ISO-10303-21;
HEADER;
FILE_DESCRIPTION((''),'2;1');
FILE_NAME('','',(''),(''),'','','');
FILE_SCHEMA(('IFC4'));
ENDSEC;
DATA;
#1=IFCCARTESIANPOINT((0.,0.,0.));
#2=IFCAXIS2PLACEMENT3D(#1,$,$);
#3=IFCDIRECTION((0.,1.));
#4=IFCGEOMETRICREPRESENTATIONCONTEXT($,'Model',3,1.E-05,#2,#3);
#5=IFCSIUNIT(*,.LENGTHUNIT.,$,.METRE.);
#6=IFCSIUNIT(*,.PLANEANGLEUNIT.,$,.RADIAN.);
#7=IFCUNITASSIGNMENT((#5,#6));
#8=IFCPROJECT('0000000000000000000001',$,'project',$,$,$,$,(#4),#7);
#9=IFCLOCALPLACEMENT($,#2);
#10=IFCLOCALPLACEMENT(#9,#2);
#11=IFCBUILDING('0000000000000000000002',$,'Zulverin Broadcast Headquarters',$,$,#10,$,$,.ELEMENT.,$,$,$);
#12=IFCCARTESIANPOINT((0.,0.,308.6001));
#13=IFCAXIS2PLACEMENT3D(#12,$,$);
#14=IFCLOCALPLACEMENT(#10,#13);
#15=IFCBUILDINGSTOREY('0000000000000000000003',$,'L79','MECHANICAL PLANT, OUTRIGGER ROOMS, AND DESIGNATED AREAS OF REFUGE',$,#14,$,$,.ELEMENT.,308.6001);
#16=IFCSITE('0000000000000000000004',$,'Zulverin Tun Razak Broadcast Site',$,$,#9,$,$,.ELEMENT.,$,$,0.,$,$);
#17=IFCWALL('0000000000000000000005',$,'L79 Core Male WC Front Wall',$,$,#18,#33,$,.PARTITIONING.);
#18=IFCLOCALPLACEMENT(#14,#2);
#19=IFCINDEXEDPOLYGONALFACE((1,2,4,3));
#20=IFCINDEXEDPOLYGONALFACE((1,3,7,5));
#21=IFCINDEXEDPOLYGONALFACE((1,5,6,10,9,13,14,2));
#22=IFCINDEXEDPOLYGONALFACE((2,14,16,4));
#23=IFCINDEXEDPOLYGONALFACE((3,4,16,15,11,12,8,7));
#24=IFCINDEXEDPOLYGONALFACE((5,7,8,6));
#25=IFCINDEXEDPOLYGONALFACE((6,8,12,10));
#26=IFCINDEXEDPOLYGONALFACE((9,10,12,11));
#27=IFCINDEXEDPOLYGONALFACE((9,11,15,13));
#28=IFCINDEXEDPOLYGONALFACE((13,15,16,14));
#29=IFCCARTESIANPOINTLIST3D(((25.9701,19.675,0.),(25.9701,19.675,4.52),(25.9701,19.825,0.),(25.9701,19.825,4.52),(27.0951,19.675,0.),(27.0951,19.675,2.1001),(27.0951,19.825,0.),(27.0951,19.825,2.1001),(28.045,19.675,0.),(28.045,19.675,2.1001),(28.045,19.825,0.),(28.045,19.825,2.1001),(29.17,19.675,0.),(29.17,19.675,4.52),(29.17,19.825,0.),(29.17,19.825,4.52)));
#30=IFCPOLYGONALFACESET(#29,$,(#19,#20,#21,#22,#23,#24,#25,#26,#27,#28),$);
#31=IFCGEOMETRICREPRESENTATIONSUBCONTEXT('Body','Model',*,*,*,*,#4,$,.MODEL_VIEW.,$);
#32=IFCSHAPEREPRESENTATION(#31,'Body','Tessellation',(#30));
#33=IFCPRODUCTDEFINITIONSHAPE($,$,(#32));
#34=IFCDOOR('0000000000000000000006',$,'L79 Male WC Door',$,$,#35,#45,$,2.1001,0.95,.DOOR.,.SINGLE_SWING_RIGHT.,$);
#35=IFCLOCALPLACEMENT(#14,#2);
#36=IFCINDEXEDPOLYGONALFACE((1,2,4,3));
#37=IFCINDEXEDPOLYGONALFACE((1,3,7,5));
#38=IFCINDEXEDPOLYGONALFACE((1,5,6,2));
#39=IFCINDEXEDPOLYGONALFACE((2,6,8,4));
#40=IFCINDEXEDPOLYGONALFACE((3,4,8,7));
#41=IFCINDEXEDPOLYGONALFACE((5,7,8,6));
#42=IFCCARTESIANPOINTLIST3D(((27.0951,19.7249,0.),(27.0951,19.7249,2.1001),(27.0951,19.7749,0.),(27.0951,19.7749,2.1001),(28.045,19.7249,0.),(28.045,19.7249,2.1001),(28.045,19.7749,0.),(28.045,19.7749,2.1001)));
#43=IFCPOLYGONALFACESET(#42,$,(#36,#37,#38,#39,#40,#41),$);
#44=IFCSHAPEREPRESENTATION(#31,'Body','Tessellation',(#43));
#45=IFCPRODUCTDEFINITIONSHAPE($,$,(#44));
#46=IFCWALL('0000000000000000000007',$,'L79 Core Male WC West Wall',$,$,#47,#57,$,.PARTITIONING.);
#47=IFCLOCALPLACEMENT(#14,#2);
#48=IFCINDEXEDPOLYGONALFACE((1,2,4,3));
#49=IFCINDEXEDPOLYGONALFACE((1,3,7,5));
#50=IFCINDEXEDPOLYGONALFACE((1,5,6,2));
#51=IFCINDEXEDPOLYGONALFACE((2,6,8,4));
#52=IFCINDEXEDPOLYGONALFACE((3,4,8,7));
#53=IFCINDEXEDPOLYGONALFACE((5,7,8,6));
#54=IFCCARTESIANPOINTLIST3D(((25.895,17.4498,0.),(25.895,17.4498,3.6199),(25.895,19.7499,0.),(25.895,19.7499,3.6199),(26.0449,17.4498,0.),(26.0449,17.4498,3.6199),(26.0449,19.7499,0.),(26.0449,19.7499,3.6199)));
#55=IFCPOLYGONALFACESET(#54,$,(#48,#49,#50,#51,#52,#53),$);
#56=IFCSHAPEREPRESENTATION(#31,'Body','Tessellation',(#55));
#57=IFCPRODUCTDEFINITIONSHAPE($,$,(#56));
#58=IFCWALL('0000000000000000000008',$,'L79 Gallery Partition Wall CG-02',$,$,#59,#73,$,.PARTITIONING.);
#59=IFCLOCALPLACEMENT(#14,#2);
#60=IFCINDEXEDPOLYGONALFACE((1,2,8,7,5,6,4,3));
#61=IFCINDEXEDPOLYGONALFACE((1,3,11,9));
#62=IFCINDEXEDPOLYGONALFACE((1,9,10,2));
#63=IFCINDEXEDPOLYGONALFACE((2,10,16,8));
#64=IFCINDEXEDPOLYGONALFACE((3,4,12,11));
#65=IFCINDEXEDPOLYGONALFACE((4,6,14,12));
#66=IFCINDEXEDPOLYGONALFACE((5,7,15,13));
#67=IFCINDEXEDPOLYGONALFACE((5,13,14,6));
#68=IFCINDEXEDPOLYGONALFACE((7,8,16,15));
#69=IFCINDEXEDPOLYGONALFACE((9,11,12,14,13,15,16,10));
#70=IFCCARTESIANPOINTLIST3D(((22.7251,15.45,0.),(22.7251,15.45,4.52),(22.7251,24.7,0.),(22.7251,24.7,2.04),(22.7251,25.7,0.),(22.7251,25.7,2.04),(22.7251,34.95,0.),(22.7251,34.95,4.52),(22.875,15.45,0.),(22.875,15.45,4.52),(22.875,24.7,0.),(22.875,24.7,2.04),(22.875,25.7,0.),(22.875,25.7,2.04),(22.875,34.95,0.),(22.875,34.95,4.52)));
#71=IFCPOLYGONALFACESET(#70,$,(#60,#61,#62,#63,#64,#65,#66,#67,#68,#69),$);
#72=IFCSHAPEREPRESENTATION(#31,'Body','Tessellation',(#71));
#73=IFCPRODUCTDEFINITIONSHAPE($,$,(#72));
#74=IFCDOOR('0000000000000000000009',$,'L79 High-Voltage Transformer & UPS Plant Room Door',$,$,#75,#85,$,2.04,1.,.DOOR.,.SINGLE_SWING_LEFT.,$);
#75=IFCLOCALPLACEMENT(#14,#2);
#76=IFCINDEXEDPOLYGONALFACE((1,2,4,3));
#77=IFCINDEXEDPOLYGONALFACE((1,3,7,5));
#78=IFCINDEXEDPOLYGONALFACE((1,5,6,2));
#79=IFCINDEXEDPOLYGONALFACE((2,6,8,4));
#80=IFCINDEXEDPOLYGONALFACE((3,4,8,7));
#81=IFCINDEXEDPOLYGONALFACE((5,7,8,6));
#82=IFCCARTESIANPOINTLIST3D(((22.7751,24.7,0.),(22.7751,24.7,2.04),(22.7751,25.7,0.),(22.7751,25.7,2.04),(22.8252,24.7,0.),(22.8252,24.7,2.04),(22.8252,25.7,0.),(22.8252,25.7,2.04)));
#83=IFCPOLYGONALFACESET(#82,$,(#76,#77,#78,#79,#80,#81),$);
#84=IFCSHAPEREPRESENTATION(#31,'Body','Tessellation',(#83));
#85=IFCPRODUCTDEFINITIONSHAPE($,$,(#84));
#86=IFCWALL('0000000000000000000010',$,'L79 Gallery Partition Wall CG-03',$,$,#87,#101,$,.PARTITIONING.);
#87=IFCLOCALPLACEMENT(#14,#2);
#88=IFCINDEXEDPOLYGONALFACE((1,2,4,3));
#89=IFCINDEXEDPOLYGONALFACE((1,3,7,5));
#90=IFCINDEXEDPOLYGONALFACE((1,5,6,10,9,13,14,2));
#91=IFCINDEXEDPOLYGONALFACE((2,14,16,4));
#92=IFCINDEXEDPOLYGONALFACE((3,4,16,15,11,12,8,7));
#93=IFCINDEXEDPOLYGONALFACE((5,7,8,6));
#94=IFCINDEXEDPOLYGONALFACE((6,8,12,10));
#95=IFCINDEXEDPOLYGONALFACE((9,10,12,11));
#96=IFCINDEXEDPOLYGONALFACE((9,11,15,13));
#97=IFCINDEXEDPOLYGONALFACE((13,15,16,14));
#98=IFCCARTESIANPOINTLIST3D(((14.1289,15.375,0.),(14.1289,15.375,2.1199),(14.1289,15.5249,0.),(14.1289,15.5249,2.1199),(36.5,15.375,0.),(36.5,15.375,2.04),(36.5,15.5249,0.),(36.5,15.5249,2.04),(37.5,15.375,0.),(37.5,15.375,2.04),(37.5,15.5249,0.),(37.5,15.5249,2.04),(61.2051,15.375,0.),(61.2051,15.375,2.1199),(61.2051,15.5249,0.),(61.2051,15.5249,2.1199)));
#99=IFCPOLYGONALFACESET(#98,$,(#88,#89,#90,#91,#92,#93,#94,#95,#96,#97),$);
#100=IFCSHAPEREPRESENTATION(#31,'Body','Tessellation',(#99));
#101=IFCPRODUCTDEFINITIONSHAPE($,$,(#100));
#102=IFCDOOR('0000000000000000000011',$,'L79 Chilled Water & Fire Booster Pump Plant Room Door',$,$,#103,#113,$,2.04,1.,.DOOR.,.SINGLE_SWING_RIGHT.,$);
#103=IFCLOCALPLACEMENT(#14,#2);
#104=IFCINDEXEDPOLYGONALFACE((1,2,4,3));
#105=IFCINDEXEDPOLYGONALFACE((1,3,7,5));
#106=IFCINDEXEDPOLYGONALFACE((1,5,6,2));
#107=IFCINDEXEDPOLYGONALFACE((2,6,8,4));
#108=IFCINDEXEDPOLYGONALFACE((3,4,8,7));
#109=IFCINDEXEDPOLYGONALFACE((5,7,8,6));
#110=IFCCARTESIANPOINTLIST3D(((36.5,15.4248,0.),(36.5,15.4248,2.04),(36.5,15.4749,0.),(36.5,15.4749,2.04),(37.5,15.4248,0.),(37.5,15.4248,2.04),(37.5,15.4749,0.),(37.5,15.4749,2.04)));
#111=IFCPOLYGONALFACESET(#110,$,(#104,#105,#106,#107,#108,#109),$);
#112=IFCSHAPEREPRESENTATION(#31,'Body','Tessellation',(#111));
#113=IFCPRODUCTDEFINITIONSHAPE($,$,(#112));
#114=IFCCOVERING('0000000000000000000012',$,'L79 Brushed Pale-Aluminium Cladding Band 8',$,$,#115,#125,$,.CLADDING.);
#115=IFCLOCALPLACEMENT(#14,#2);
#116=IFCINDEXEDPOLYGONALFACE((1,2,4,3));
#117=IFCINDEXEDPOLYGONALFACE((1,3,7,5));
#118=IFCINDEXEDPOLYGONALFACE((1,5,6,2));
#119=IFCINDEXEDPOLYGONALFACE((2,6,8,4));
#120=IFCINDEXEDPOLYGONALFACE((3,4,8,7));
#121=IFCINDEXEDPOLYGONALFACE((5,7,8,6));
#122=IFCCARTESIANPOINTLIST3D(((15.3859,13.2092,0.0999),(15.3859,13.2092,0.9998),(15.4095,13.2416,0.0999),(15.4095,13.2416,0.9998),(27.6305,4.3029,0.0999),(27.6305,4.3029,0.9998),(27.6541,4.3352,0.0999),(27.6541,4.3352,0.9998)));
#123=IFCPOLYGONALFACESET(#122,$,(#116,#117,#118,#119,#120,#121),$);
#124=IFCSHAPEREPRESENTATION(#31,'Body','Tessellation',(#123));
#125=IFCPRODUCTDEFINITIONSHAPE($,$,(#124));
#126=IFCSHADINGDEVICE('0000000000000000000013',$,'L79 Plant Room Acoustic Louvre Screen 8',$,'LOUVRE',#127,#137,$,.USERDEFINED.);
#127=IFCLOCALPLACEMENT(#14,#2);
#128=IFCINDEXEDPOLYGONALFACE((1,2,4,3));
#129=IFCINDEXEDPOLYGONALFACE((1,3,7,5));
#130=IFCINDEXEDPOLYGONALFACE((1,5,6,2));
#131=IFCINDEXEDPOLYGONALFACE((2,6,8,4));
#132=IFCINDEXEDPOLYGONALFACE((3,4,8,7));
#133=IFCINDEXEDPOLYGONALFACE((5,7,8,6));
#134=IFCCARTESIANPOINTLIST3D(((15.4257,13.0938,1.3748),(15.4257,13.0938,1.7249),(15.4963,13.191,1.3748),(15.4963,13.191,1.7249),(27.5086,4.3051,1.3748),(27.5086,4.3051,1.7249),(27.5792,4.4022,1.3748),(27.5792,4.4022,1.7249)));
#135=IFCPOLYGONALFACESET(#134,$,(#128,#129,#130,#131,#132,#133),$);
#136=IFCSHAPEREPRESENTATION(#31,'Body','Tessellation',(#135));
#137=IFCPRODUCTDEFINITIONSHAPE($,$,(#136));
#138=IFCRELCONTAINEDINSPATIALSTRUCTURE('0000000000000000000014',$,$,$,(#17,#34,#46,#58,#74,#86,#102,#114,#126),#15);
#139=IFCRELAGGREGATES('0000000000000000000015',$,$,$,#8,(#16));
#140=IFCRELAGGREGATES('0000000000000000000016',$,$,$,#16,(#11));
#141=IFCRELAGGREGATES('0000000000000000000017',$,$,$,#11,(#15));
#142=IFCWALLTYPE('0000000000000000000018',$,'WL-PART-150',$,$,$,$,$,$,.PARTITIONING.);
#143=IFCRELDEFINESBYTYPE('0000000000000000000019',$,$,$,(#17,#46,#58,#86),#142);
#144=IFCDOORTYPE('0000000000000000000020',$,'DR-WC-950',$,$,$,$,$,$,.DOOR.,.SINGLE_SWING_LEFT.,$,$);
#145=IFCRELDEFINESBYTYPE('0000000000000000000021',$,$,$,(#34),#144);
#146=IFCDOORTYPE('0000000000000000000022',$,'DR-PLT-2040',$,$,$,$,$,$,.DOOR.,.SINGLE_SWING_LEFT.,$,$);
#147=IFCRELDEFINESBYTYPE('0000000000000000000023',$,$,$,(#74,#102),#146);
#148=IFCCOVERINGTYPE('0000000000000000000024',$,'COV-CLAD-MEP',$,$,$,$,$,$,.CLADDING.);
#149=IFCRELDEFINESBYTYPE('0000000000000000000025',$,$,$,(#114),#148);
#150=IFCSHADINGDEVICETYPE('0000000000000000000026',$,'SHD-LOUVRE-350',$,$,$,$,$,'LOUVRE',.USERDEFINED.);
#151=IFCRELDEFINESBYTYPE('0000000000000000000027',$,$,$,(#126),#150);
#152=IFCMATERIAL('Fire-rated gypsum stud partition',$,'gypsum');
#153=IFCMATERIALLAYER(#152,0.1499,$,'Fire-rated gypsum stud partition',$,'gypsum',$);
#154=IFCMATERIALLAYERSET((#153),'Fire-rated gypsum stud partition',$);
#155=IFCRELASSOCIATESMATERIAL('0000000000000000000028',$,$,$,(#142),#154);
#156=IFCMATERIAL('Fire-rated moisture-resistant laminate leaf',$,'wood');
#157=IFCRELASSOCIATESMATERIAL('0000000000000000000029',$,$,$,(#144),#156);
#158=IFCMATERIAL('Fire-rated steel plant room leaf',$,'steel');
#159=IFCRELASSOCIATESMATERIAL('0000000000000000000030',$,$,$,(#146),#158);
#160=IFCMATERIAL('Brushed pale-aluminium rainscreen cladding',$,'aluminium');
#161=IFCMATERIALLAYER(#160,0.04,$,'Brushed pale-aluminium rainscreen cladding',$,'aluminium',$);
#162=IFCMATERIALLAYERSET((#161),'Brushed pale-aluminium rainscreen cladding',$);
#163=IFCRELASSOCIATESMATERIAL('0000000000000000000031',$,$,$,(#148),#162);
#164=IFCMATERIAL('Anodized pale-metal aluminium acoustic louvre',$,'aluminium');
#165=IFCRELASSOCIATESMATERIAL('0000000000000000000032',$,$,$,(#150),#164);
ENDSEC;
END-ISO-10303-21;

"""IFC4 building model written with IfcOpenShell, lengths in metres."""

from ifc_helpers import new_model, si_unit, direction, frame, frame_2d, origin, origin_2d, place, context, subcontext, project, spatial, rectangle, extrude, material, layer, layer_set, type_object, element, fill, save


model = new_model("IFC4")

# Units and contexts
model_context = context("Model", 3, precision=1e-05, world=origin(), true_north=direction((0.0, 1.0)))
body_context = subcontext(model_context, "Body", "Model", "MODEL_VIEW")
ifc_project = project(units=[si_unit("LENGTHUNIT", "METRE"), si_unit("PLANEANGLEUNIT", "RADIAN")], contexts=[model_context])

# Site, building, storey
site_placement = place(None, origin())
site = spatial("IfcSite", under=ifc_project, at=site_placement, Name="Zulverin Tun Razak Broadcast Site", CompositionType="ELEMENT", RefElevation=0.0)
building_placement = place(site_placement, origin())
building = spatial("IfcBuilding", under=site, at=building_placement, Name="Zulverin Broadcast Headquarters", CompositionType="ELEMENT")
storey_placement = place(building_placement, frame((0.0, 0.0, 308.6001)))
storey = spatial("IfcBuildingStorey", under=building, at=storey_placement, Name="L79", Description="MECHANICAL PLANT, OUTRIGGER ROOMS, AND DESIGNATED AREAS OF REFUGE", CompositionType="ELEMENT", Elevation=308.6001)

# Wall, opening, door
ifc_material_1 = material(Name="Fire-rated gypsum stud partition", Category="gypsum")
ifc_layer_1 = layer(ifc_material_1, 0.1499, Name="Fire-rated gypsum stud partition", Category="gypsum")
ifc_layer_set_1 = layer_set([ifc_layer_1], Name="Fire-rated gypsum stud partition")
wall_type_1 = type_object("IfcWallType", Name="WL-PART-150", PredefinedType="PARTITIONING", material=ifc_layer_set_1)
wall_1_placement = place(storey_placement, frame((25.97, 19.75, 0.0), z_axis=(0.0, 0.0, 1.0), x_axis=(1.0, 0.0, 0.0)))
wall_1 = element("IfcWall", 1, at=wall_1_placement, inside=storey, type_object=wall_type_1, Name="L79 Core Male WC Front Wall", PredefinedType="PARTITIONING", context=body_context, shape_type="SweptSolid", body=[
    extrude(rectangle(XDim=3.2, YDim=0.1499, at=frame_2d((1.6001, 0.0))), origin(), (0.0, 0.0, 1.0), 4.52),
])
opening_1_placement = place(wall_1_placement, frame((1.125, 0.0, 0.0)))
opening_1 = element("IfcOpeningElement", 2, at=opening_1_placement, cuts=wall_1, PredefinedType="OPENING", context=body_context, shape_type="SweptSolid", body=[
    extrude(rectangle(XDim=0.95, YDim=2.1001, at=frame_2d((0.4751, 1.05))), frame((0.0, 0.085, 0.0), z_axis=(0.0, -1.0, 0.0), x_axis=(1.0, 0.0, 0.0)), (0.0, 0.0, 1.0), 0.1699),
])
ifc_material_2 = material(Name="Fire-rated moisture-resistant laminate leaf", Category="wood")
door_type_1 = type_object("IfcDoorType", Name="DR-WC-950", OperationType="SINGLE_SWING_LEFT", PredefinedType="DOOR", material=ifc_material_2)
door_1_placement = place(opening_1_placement, origin())
door_1 = element("IfcDoor", 3, at=door_1_placement, inside=storey, type_object=door_type_1, Name="L79 Male WC Door", OperationType="SINGLE_SWING_RIGHT", OverallHeight=2.1001, OverallWidth=0.95, PredefinedType="DOOR", context=body_context, shape_type="SweptSolid", body=[
    extrude(rectangle(XDim=0.95, YDim=2.1001, at=frame_2d((0.4751, 1.05))), frame((0.0, 0.0249, 0.0), z_axis=(0.0, -1.0, 0.0), x_axis=(1.0, 0.0, 0.0)), (0.0, 0.0, 1.0), 0.05),
])
fill(opening_1, door_1)

# Wall
wall_2_placement = place(storey_placement, frame((25.97, 17.45, 0.0), z_axis=(0.0, 0.0, 1.0), x_axis=(0.0, 1.0, 0.0)))
element("IfcWall", 4, at=wall_2_placement, inside=storey, type_object=wall_type_1, Name="L79 Core Male WC West Wall", PredefinedType="PARTITIONING", context=body_context, shape_type="SweptSolid", body=[
    extrude(rectangle(XDim=2.3, YDim=0.1499, at=frame_2d((1.1499, 0.0))), origin(), (0.0, 0.0, 1.0), 3.6199),
])

# Walls, openings, doors
wall_3_placement = place(storey_placement, frame((22.8, 15.45, 0.0), z_axis=(0.0, 0.0, 1.0), x_axis=(0.0, 1.0, 0.0)))
wall_3 = element("IfcWall", 5, at=wall_3_placement, inside=storey, type_object=wall_type_1, Name="L79 Gallery Partition Wall CG-02", PredefinedType="PARTITIONING", context=body_context, shape_type="SweptSolid", body=[
    extrude(rectangle(XDim=19.5, YDim=0.1499, at=frame_2d((9.75, 0.0))), origin(), (0.0, 0.0, 1.0), 4.52),
])
opening_2_placement = place(wall_3_placement, frame((9.25, 0.0, 0.0)))
opening_2 = element("IfcOpeningElement", 6, at=opening_2_placement, cuts=wall_3, PredefinedType="OPENING", context=body_context, shape_type="SweptSolid", body=[
    extrude(rectangle(XDim=1.0, YDim=2.04, at=frame_2d((0.5, 1.02))), frame((0.0, 0.085, 0.0), z_axis=(0.0, -1.0, 0.0), x_axis=(1.0, 0.0, 0.0)), (0.0, 0.0, 1.0), 0.1699),
])
ifc_material_3 = material(Name="Fire-rated steel plant room leaf", Category="steel")
door_type_2 = type_object("IfcDoorType", Name="DR-PLT-2040", OperationType="SINGLE_SWING_LEFT", PredefinedType="DOOR", material=ifc_material_3)
door_2_placement = place(opening_2_placement, origin())
door_2 = element("IfcDoor", 7, at=door_2_placement, inside=storey, type_object=door_type_2, Name="L79 High-Voltage Transformer & UPS Plant Room Door", OperationType="SINGLE_SWING_LEFT", OverallHeight=2.04, OverallWidth=1.0, PredefinedType="DOOR", context=body_context, shape_type="SweptSolid", body=[
    extrude(rectangle(XDim=1.0, YDim=2.04, at=frame_2d((0.5, 1.02))), frame((0.0, 0.0249, 0.0), z_axis=(0.0, -1.0, 0.0), x_axis=(1.0, 0.0, 0.0)), (0.0, 0.0, 1.0), 0.05),
])
fill(opening_2, door_2)
wall_4_placement = place(storey_placement, frame((14.1289, 15.45, 0.0), z_axis=(0.0, 0.0, 1.0), x_axis=(1.0, 0.0, 0.0)))
wall_4 = element("IfcWall", 8, at=wall_4_placement, inside=storey, type_object=wall_type_1, Name="L79 Gallery Partition Wall CG-03", PredefinedType="PARTITIONING", context=body_context, shape_type="SweptSolid", body=[
    extrude(rectangle(XDim=47.0762, YDim=0.1499, at=frame_2d((23.5381, 0.0))), origin(), (0.0, 0.0, 1.0), 2.1199),
])
opening_3_placement = place(wall_4_placement, frame((22.3711, 0.0, 0.0)))
opening_3 = element("IfcOpeningElement", 9, at=opening_3_placement, cuts=wall_4, PredefinedType="OPENING", context=body_context, shape_type="SweptSolid", body=[
    extrude(rectangle(XDim=1.0, YDim=2.04, at=frame_2d((0.5, 1.02))), frame((0.0, 0.085, 0.0), z_axis=(0.0, -1.0, 0.0), x_axis=(1.0, 0.0, 0.0)), (0.0, 0.0, 1.0), 0.1699),
])
door_3_placement = place(opening_3_placement, origin())
door_3 = element("IfcDoor", 10, at=door_3_placement, inside=storey, type_object=door_type_2, Name="L79 Chilled Water & Fire Booster Pump Plant Room Door", OperationType="SINGLE_SWING_RIGHT", OverallHeight=2.04, OverallWidth=1.0, PredefinedType="DOOR", context=body_context, shape_type="SweptSolid", body=[
    extrude(rectangle(XDim=1.0, YDim=2.04, at=frame_2d((0.5, 1.02))), frame((0.0, 0.0249, 0.0), z_axis=(0.0, -1.0, 0.0), x_axis=(1.0, 0.0, 0.0)), (0.0, 0.0, 1.0), 0.05),
])
fill(opening_3, door_3)

# Covering
ifc_material_4 = material(Name="Brushed pale-aluminium rainscreen cladding", Category="aluminium")
ifc_layer_2 = layer(ifc_material_4, 0.04, Name="Brushed pale-aluminium rainscreen cladding", Category="aluminium")
ifc_layer_set_2 = layer_set([ifc_layer_2], Name="Brushed pale-aluminium rainscreen cladding")
covering_type = type_object("IfcCoveringType", Name="COV-CLAD-MEP", PredefinedType="CLADDING", material=ifc_layer_set_2)
covering_placement = place(storey_placement, frame((21.52, 8.7722, 0.0999), z_axis=(0.0, 0.0, 1.0), x_axis=(0.808699, -0.588223, 0.0)))
element("IfcCovering", 11, at=covering_placement, inside=storey, type_object=covering_type, Name="L79 Brushed Pale-Aluminium Cladding Band 8", PredefinedType="CLADDING", context=body_context, shape_type="SweptSolid", body=[
    extrude(rectangle(XDim=15.1411, YDim=0.04, at=origin_2d()), origin(), (0.0, 0.0, 1.0), 0.8999),
])

# Shading device
ifc_material_5 = material(Name="Anodized pale-metal aluminium acoustic louvre", Category="aluminium")
shading_device_type = type_object("IfcShadingDeviceType", Name="SHD-LOUVRE-350", ElementType="LOUVRE", PredefinedType="USERDEFINED", material=ifc_material_5)
shading_device_placement = place(storey_placement, frame((21.5024, 8.748, 1.3748), z_axis=(0.0, 0.0, 1.0), x_axis=(0.808699, -0.588223, 0.0)))
element("IfcShadingDevice", 12, at=shading_device_placement, inside=storey, type_object=shading_device_type, Name="L79 Plant Room Acoustic Louvre Screen 8", ObjectType="LOUVRE", PredefinedType="USERDEFINED", context=body_context, shape_type="SweptSolid", body=[
    extrude(rectangle(XDim=14.9412, YDim=0.1201, at=origin_2d()), origin(), (0.0, 0.0, 1.0), 0.3501),
])

save(model, "model.ifc")
